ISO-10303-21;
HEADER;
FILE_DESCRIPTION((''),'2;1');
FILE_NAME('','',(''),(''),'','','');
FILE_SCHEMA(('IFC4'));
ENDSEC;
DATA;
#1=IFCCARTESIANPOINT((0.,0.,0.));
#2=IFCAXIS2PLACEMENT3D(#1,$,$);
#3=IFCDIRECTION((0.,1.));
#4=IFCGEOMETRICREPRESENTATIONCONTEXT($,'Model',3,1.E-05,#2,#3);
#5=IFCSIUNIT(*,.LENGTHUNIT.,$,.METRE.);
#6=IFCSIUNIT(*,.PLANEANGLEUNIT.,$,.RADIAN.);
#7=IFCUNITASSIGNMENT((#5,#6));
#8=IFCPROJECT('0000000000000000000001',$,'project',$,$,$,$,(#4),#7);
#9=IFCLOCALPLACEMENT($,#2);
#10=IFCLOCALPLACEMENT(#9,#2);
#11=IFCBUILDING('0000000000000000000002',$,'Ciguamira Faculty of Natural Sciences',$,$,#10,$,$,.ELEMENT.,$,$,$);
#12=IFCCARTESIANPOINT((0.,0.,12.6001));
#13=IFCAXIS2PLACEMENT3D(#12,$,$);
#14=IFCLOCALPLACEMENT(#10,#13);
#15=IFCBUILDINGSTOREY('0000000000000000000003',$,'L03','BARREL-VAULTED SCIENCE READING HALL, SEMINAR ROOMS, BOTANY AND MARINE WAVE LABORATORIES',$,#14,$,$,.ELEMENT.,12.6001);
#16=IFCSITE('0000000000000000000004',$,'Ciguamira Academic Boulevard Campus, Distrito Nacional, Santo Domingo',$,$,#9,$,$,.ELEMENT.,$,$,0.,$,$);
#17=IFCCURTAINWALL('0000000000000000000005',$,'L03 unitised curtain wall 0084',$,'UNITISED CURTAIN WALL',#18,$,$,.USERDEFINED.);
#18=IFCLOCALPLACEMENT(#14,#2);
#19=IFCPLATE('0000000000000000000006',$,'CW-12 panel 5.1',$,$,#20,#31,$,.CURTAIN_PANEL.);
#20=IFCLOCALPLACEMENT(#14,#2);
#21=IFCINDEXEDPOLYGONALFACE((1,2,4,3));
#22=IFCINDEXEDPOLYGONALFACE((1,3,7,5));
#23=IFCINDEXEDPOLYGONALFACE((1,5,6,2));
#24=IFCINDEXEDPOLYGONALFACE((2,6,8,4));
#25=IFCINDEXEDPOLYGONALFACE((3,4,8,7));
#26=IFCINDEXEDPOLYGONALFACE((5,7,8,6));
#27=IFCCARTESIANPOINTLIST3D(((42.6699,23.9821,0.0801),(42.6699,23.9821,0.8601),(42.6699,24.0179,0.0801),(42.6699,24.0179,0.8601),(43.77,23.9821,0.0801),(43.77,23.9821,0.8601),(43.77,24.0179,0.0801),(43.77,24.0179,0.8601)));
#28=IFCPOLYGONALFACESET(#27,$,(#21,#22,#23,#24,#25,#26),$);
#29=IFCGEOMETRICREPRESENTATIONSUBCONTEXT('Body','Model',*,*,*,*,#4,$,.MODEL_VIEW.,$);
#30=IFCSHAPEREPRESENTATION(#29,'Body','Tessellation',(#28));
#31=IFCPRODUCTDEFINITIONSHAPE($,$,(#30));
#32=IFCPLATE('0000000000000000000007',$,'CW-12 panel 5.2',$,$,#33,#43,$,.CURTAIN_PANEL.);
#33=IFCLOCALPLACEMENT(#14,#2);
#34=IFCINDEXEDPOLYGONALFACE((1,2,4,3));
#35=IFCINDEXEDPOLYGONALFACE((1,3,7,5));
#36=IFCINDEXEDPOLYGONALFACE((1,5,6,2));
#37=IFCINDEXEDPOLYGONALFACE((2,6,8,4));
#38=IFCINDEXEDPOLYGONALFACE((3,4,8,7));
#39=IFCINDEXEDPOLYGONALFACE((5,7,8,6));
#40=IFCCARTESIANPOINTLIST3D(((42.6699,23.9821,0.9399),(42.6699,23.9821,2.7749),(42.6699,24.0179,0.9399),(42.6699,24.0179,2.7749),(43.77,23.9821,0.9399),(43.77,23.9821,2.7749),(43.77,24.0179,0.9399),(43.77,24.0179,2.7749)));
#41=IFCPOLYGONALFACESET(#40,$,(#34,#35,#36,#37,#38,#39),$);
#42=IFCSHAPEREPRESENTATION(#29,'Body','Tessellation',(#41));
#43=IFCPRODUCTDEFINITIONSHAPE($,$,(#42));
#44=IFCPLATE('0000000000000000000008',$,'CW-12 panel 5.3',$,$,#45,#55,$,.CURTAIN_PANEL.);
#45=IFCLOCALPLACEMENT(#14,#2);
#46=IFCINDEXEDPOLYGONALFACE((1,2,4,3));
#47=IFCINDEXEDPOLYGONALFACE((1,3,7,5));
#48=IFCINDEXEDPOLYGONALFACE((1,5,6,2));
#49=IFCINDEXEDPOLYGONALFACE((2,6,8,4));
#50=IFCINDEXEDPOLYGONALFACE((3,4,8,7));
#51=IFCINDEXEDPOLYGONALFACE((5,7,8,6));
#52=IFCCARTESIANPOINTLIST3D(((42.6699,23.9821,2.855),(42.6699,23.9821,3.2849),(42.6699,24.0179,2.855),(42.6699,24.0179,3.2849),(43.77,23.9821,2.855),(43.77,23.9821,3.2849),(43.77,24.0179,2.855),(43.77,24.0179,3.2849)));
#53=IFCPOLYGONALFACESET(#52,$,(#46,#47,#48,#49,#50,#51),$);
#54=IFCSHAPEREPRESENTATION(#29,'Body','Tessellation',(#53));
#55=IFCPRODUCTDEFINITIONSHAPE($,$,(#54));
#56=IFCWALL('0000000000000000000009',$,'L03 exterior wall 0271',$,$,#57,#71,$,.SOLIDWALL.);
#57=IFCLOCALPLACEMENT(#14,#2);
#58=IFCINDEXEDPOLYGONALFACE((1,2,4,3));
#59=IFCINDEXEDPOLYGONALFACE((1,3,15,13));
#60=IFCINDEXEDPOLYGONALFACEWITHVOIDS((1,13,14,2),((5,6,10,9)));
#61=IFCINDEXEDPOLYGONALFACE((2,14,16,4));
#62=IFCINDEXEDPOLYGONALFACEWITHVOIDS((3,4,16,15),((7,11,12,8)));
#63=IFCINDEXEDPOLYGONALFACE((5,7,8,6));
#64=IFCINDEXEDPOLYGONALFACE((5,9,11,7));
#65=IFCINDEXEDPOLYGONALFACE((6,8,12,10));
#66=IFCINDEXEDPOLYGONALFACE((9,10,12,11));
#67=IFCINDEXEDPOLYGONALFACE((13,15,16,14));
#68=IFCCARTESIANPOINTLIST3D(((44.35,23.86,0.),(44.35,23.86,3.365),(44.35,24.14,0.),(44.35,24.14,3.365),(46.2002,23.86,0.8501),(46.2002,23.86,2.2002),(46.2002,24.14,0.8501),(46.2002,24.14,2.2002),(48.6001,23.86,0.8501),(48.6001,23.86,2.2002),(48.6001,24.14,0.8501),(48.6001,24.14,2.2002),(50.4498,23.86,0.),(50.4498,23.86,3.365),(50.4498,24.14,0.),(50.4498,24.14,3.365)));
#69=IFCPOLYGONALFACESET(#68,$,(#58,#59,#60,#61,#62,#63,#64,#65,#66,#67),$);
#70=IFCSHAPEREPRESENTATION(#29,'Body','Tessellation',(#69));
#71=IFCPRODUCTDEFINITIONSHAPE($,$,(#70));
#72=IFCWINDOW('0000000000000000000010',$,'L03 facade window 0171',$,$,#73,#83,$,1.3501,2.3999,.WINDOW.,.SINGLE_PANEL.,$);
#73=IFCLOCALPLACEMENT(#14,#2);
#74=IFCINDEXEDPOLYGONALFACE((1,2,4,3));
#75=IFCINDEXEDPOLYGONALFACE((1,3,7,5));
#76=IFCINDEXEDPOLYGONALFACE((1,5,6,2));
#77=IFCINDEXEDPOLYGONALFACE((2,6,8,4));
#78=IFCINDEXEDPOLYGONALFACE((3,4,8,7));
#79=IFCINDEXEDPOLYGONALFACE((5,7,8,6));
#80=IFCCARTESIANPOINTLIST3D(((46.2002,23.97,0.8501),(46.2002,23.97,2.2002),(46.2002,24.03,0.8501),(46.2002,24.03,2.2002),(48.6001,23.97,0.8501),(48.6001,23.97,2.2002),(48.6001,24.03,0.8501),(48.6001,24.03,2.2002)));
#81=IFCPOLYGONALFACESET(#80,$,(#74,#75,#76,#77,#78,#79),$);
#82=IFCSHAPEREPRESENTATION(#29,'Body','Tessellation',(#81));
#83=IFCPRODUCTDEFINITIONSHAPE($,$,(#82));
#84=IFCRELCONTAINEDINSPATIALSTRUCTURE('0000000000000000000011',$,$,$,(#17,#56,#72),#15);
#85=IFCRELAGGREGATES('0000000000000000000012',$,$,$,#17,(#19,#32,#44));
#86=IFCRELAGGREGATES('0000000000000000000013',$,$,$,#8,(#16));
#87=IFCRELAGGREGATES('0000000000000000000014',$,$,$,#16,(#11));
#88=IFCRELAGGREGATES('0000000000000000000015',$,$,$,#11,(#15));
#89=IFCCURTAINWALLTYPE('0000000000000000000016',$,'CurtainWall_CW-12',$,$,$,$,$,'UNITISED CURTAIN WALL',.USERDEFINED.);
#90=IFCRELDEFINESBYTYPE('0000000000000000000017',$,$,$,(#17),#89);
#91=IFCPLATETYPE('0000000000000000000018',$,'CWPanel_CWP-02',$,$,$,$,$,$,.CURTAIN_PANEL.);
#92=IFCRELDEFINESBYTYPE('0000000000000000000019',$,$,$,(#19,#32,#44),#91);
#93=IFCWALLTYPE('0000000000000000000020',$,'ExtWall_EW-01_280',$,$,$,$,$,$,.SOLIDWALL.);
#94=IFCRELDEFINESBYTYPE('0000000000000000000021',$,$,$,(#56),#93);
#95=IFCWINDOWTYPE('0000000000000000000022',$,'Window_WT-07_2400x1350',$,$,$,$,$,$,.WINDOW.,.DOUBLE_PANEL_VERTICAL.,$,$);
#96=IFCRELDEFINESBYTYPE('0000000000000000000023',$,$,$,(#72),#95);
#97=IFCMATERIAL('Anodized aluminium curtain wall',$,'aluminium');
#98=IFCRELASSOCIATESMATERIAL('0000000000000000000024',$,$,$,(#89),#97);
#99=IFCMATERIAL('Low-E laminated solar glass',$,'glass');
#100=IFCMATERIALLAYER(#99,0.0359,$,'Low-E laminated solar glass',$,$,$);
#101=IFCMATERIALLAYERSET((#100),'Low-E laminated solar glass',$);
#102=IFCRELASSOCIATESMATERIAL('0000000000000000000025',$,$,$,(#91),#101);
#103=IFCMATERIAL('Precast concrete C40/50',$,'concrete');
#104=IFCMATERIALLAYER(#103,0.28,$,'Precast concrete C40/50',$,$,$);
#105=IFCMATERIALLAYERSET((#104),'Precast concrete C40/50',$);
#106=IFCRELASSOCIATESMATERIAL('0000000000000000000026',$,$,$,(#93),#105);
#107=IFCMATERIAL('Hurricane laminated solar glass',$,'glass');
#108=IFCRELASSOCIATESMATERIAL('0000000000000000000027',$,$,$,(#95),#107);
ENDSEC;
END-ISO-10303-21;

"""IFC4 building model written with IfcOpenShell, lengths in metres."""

from ifc_helpers import new_model, si_unit, direction, frame, frame_2d, origin, origin_2d, place, context, subcontext, project, spatial, rectangle, extrude, material, layer, layer_set, type_object, element, fill, aggregate, save


model = new_model("IFC4")

# Units and contexts
model_context = context("Model", 3, precision=1e-05, world=origin(), true_north=direction((0.0, 1.0)))
body_context = subcontext(model_context, "Body", "Model", "MODEL_VIEW")
ifc_project = project(units=[si_unit("LENGTHUNIT", "METRE"), si_unit("PLANEANGLEUNIT", "RADIAN")], contexts=[model_context])

# Site, building, storey
site_placement = place(None, origin())
site = spatial("IfcSite", under=ifc_project, at=site_placement, Name="Ciguamira Academic Boulevard Campus, Distrito Nacional, Santo Domingo", CompositionType="ELEMENT", RefElevation=0.0)
building_placement = place(site_placement, origin())
building = spatial("IfcBuilding", under=site, at=building_placement, Name="Ciguamira Faculty of Natural Sciences", CompositionType="ELEMENT")
storey_placement = place(building_placement, frame((0.0, 0.0, 12.6001)))
storey = spatial("IfcBuildingStorey", under=building, at=storey_placement, Name="L03", Description="BARREL-VAULTED SCIENCE READING HALL, SEMINAR ROOMS, BOTANY AND MARINE WAVE LABORATORIES", CompositionType="ELEMENT", Elevation=12.6001)

# Shared definitions
ifc_material_1 = material(Name="Anodized aluminium curtain wall", Category="aluminium")

# Curtain wall
curtain_wall_type_1 = type_object("IfcCurtainWallType", Name="CurtainWall_CW-12", ElementType="UNITISED CURTAIN WALL", PredefinedType="USERDEFINED", material=ifc_material_1)
curtain_wall_1_placement = place(storey_placement, origin())
curtain_wall_1 = element("IfcCurtainWall", 1, at=curtain_wall_1_placement, inside=storey, type_object=curtain_wall_type_1, Name="L03 unitised curtain wall 0084", ObjectType="UNITISED CURTAIN WALL", PredefinedType="USERDEFINED")

# Plates
ifc_material_2 = material(Name="Low-E laminated solar glass", Category="glass")
ifc_layer_1 = layer(ifc_material_2, 0.0359, Name="Low-E laminated solar glass")
ifc_layer_set_1 = layer_set([ifc_layer_1], Name="Low-E laminated solar glass")
plate_type = type_object("IfcPlateType", Name="CWPanel_CWP-02", PredefinedType="CURTAIN_PANEL", material=ifc_layer_set_1)
plate_1_placement = place(storey_placement, frame((43.22, 24.0, 0.0801), z_axis=(0.0, 0.0, 1.0), x_axis=(1.0, 0.0, 0.0)))
plate_1 = element("IfcPlate", 2, at=plate_1_placement, type_object=plate_type, Name="CW-12 panel 5.1", PredefinedType="CURTAIN_PANEL", context=body_context, shape_type="SweptSolid", body=[
    extrude(rectangle(XDim=1.1001, YDim=0.0359, at=origin_2d()), origin(), (0.0, 0.0, 1.0), 0.78),
])
plate_2_placement = place(storey_placement, frame((43.22, 24.0, 0.9399), z_axis=(0.0, 0.0, 1.0), x_axis=(1.0, 0.0, 0.0)))
plate_2 = element("IfcPlate", 3, at=plate_2_placement, type_object=plate_type, Name="CW-12 panel 5.2", PredefinedType="CURTAIN_PANEL", context=body_context, shape_type="SweptSolid", body=[
    extrude(rectangle(XDim=1.1001, YDim=0.0359, at=origin_2d()), origin(), (0.0, 0.0, 1.0), 1.835),
])
plate_3_placement = place(storey_placement, frame((43.22, 24.0, 2.855), z_axis=(0.0, 0.0, 1.0), x_axis=(1.0, 0.0, 0.0)))
plate_3 = element("IfcPlate", 4, at=plate_3_placement, type_object=plate_type, Name="CW-12 panel 5.3", PredefinedType="CURTAIN_PANEL", context=body_context, shape_type="SweptSolid", body=[
    extrude(rectangle(XDim=1.1001, YDim=0.0359, at=origin_2d()), origin(), (0.0, 0.0, 1.0), 0.4299),
])
aggregate(curtain_wall_1, [plate_1, plate_2, plate_3])

# Wall, opening, window
ifc_material_3 = material(Name="Precast concrete C40/50", Category="concrete")
ifc_layer_2 = layer(ifc_material_3, 0.28, Name="Precast concrete C40/50")
ifc_layer_set_2 = layer_set([ifc_layer_2], Name="Precast concrete C40/50")
wall_type = type_object("IfcWallType", Name="ExtWall_EW-01_280", PredefinedType="SOLIDWALL", material=ifc_layer_set_2)
wall_placement = place(storey_placement, frame((44.3501, 24.0, 0.0), z_axis=(0.0, 0.0, 1.0), x_axis=(1.0, 0.0, 0.0)))
wall = element("IfcWall", 5, at=wall_placement, inside=storey, type_object=wall_type, Name="L03 exterior wall 0271", PredefinedType="SOLIDWALL", context=body_context, shape_type="SweptSolid", body=[
    extrude(rectangle(XDim=6.0999, YDim=0.28, at=frame_2d((3.0498, 0.0))), origin(), (0.0, 0.0, 1.0), 3.365),
])
opening_placement = place(wall_placement, frame((1.8501, 0.0, 0.8501)))
opening = element("IfcOpeningElement", 6, at=opening_placement, cuts=wall, PredefinedType="OPENING", context=body_context, shape_type="SweptSolid", body=[
    extrude(rectangle(XDim=2.3999, YDim=1.3501, at=frame_2d((1.2, 0.675))), frame((0.0, 0.1499, 0.0), z_axis=(0.0, -1.0, 0.0), x_axis=(1.0, 0.0, 0.0)), (0.0, 0.0, 1.0), 0.3),
])
ifc_material_4 = material(Name="Hurricane laminated solar glass", Category="glass")
window_type = type_object("IfcWindowType", Name="Window_WT-07_2400x1350", PartitioningType="DOUBLE_PANEL_VERTICAL", PredefinedType="WINDOW", material=ifc_material_4)
window_placement = place(opening_placement, origin())
window = element("IfcWindow", 7, at=window_placement, inside=storey, type_object=window_type, Name="L03 facade window 0171", OverallHeight=1.3501, OverallWidth=2.3999, PartitioningType="SINGLE_PANEL", PredefinedType="WINDOW", context=body_context, shape_type="SweptSolid", body=[
    extrude(rectangle(XDim=2.3999, YDim=1.3501, at=frame_2d((1.2, 0.675))), frame((0.0, 0.03, 0.0), z_axis=(0.0, -1.0, 0.0), x_axis=(1.0, 0.0, 0.0)), (0.0, 0.0, 1.0), 0.0601),
])
fill(opening, window)

save(model, "model.ifc")
